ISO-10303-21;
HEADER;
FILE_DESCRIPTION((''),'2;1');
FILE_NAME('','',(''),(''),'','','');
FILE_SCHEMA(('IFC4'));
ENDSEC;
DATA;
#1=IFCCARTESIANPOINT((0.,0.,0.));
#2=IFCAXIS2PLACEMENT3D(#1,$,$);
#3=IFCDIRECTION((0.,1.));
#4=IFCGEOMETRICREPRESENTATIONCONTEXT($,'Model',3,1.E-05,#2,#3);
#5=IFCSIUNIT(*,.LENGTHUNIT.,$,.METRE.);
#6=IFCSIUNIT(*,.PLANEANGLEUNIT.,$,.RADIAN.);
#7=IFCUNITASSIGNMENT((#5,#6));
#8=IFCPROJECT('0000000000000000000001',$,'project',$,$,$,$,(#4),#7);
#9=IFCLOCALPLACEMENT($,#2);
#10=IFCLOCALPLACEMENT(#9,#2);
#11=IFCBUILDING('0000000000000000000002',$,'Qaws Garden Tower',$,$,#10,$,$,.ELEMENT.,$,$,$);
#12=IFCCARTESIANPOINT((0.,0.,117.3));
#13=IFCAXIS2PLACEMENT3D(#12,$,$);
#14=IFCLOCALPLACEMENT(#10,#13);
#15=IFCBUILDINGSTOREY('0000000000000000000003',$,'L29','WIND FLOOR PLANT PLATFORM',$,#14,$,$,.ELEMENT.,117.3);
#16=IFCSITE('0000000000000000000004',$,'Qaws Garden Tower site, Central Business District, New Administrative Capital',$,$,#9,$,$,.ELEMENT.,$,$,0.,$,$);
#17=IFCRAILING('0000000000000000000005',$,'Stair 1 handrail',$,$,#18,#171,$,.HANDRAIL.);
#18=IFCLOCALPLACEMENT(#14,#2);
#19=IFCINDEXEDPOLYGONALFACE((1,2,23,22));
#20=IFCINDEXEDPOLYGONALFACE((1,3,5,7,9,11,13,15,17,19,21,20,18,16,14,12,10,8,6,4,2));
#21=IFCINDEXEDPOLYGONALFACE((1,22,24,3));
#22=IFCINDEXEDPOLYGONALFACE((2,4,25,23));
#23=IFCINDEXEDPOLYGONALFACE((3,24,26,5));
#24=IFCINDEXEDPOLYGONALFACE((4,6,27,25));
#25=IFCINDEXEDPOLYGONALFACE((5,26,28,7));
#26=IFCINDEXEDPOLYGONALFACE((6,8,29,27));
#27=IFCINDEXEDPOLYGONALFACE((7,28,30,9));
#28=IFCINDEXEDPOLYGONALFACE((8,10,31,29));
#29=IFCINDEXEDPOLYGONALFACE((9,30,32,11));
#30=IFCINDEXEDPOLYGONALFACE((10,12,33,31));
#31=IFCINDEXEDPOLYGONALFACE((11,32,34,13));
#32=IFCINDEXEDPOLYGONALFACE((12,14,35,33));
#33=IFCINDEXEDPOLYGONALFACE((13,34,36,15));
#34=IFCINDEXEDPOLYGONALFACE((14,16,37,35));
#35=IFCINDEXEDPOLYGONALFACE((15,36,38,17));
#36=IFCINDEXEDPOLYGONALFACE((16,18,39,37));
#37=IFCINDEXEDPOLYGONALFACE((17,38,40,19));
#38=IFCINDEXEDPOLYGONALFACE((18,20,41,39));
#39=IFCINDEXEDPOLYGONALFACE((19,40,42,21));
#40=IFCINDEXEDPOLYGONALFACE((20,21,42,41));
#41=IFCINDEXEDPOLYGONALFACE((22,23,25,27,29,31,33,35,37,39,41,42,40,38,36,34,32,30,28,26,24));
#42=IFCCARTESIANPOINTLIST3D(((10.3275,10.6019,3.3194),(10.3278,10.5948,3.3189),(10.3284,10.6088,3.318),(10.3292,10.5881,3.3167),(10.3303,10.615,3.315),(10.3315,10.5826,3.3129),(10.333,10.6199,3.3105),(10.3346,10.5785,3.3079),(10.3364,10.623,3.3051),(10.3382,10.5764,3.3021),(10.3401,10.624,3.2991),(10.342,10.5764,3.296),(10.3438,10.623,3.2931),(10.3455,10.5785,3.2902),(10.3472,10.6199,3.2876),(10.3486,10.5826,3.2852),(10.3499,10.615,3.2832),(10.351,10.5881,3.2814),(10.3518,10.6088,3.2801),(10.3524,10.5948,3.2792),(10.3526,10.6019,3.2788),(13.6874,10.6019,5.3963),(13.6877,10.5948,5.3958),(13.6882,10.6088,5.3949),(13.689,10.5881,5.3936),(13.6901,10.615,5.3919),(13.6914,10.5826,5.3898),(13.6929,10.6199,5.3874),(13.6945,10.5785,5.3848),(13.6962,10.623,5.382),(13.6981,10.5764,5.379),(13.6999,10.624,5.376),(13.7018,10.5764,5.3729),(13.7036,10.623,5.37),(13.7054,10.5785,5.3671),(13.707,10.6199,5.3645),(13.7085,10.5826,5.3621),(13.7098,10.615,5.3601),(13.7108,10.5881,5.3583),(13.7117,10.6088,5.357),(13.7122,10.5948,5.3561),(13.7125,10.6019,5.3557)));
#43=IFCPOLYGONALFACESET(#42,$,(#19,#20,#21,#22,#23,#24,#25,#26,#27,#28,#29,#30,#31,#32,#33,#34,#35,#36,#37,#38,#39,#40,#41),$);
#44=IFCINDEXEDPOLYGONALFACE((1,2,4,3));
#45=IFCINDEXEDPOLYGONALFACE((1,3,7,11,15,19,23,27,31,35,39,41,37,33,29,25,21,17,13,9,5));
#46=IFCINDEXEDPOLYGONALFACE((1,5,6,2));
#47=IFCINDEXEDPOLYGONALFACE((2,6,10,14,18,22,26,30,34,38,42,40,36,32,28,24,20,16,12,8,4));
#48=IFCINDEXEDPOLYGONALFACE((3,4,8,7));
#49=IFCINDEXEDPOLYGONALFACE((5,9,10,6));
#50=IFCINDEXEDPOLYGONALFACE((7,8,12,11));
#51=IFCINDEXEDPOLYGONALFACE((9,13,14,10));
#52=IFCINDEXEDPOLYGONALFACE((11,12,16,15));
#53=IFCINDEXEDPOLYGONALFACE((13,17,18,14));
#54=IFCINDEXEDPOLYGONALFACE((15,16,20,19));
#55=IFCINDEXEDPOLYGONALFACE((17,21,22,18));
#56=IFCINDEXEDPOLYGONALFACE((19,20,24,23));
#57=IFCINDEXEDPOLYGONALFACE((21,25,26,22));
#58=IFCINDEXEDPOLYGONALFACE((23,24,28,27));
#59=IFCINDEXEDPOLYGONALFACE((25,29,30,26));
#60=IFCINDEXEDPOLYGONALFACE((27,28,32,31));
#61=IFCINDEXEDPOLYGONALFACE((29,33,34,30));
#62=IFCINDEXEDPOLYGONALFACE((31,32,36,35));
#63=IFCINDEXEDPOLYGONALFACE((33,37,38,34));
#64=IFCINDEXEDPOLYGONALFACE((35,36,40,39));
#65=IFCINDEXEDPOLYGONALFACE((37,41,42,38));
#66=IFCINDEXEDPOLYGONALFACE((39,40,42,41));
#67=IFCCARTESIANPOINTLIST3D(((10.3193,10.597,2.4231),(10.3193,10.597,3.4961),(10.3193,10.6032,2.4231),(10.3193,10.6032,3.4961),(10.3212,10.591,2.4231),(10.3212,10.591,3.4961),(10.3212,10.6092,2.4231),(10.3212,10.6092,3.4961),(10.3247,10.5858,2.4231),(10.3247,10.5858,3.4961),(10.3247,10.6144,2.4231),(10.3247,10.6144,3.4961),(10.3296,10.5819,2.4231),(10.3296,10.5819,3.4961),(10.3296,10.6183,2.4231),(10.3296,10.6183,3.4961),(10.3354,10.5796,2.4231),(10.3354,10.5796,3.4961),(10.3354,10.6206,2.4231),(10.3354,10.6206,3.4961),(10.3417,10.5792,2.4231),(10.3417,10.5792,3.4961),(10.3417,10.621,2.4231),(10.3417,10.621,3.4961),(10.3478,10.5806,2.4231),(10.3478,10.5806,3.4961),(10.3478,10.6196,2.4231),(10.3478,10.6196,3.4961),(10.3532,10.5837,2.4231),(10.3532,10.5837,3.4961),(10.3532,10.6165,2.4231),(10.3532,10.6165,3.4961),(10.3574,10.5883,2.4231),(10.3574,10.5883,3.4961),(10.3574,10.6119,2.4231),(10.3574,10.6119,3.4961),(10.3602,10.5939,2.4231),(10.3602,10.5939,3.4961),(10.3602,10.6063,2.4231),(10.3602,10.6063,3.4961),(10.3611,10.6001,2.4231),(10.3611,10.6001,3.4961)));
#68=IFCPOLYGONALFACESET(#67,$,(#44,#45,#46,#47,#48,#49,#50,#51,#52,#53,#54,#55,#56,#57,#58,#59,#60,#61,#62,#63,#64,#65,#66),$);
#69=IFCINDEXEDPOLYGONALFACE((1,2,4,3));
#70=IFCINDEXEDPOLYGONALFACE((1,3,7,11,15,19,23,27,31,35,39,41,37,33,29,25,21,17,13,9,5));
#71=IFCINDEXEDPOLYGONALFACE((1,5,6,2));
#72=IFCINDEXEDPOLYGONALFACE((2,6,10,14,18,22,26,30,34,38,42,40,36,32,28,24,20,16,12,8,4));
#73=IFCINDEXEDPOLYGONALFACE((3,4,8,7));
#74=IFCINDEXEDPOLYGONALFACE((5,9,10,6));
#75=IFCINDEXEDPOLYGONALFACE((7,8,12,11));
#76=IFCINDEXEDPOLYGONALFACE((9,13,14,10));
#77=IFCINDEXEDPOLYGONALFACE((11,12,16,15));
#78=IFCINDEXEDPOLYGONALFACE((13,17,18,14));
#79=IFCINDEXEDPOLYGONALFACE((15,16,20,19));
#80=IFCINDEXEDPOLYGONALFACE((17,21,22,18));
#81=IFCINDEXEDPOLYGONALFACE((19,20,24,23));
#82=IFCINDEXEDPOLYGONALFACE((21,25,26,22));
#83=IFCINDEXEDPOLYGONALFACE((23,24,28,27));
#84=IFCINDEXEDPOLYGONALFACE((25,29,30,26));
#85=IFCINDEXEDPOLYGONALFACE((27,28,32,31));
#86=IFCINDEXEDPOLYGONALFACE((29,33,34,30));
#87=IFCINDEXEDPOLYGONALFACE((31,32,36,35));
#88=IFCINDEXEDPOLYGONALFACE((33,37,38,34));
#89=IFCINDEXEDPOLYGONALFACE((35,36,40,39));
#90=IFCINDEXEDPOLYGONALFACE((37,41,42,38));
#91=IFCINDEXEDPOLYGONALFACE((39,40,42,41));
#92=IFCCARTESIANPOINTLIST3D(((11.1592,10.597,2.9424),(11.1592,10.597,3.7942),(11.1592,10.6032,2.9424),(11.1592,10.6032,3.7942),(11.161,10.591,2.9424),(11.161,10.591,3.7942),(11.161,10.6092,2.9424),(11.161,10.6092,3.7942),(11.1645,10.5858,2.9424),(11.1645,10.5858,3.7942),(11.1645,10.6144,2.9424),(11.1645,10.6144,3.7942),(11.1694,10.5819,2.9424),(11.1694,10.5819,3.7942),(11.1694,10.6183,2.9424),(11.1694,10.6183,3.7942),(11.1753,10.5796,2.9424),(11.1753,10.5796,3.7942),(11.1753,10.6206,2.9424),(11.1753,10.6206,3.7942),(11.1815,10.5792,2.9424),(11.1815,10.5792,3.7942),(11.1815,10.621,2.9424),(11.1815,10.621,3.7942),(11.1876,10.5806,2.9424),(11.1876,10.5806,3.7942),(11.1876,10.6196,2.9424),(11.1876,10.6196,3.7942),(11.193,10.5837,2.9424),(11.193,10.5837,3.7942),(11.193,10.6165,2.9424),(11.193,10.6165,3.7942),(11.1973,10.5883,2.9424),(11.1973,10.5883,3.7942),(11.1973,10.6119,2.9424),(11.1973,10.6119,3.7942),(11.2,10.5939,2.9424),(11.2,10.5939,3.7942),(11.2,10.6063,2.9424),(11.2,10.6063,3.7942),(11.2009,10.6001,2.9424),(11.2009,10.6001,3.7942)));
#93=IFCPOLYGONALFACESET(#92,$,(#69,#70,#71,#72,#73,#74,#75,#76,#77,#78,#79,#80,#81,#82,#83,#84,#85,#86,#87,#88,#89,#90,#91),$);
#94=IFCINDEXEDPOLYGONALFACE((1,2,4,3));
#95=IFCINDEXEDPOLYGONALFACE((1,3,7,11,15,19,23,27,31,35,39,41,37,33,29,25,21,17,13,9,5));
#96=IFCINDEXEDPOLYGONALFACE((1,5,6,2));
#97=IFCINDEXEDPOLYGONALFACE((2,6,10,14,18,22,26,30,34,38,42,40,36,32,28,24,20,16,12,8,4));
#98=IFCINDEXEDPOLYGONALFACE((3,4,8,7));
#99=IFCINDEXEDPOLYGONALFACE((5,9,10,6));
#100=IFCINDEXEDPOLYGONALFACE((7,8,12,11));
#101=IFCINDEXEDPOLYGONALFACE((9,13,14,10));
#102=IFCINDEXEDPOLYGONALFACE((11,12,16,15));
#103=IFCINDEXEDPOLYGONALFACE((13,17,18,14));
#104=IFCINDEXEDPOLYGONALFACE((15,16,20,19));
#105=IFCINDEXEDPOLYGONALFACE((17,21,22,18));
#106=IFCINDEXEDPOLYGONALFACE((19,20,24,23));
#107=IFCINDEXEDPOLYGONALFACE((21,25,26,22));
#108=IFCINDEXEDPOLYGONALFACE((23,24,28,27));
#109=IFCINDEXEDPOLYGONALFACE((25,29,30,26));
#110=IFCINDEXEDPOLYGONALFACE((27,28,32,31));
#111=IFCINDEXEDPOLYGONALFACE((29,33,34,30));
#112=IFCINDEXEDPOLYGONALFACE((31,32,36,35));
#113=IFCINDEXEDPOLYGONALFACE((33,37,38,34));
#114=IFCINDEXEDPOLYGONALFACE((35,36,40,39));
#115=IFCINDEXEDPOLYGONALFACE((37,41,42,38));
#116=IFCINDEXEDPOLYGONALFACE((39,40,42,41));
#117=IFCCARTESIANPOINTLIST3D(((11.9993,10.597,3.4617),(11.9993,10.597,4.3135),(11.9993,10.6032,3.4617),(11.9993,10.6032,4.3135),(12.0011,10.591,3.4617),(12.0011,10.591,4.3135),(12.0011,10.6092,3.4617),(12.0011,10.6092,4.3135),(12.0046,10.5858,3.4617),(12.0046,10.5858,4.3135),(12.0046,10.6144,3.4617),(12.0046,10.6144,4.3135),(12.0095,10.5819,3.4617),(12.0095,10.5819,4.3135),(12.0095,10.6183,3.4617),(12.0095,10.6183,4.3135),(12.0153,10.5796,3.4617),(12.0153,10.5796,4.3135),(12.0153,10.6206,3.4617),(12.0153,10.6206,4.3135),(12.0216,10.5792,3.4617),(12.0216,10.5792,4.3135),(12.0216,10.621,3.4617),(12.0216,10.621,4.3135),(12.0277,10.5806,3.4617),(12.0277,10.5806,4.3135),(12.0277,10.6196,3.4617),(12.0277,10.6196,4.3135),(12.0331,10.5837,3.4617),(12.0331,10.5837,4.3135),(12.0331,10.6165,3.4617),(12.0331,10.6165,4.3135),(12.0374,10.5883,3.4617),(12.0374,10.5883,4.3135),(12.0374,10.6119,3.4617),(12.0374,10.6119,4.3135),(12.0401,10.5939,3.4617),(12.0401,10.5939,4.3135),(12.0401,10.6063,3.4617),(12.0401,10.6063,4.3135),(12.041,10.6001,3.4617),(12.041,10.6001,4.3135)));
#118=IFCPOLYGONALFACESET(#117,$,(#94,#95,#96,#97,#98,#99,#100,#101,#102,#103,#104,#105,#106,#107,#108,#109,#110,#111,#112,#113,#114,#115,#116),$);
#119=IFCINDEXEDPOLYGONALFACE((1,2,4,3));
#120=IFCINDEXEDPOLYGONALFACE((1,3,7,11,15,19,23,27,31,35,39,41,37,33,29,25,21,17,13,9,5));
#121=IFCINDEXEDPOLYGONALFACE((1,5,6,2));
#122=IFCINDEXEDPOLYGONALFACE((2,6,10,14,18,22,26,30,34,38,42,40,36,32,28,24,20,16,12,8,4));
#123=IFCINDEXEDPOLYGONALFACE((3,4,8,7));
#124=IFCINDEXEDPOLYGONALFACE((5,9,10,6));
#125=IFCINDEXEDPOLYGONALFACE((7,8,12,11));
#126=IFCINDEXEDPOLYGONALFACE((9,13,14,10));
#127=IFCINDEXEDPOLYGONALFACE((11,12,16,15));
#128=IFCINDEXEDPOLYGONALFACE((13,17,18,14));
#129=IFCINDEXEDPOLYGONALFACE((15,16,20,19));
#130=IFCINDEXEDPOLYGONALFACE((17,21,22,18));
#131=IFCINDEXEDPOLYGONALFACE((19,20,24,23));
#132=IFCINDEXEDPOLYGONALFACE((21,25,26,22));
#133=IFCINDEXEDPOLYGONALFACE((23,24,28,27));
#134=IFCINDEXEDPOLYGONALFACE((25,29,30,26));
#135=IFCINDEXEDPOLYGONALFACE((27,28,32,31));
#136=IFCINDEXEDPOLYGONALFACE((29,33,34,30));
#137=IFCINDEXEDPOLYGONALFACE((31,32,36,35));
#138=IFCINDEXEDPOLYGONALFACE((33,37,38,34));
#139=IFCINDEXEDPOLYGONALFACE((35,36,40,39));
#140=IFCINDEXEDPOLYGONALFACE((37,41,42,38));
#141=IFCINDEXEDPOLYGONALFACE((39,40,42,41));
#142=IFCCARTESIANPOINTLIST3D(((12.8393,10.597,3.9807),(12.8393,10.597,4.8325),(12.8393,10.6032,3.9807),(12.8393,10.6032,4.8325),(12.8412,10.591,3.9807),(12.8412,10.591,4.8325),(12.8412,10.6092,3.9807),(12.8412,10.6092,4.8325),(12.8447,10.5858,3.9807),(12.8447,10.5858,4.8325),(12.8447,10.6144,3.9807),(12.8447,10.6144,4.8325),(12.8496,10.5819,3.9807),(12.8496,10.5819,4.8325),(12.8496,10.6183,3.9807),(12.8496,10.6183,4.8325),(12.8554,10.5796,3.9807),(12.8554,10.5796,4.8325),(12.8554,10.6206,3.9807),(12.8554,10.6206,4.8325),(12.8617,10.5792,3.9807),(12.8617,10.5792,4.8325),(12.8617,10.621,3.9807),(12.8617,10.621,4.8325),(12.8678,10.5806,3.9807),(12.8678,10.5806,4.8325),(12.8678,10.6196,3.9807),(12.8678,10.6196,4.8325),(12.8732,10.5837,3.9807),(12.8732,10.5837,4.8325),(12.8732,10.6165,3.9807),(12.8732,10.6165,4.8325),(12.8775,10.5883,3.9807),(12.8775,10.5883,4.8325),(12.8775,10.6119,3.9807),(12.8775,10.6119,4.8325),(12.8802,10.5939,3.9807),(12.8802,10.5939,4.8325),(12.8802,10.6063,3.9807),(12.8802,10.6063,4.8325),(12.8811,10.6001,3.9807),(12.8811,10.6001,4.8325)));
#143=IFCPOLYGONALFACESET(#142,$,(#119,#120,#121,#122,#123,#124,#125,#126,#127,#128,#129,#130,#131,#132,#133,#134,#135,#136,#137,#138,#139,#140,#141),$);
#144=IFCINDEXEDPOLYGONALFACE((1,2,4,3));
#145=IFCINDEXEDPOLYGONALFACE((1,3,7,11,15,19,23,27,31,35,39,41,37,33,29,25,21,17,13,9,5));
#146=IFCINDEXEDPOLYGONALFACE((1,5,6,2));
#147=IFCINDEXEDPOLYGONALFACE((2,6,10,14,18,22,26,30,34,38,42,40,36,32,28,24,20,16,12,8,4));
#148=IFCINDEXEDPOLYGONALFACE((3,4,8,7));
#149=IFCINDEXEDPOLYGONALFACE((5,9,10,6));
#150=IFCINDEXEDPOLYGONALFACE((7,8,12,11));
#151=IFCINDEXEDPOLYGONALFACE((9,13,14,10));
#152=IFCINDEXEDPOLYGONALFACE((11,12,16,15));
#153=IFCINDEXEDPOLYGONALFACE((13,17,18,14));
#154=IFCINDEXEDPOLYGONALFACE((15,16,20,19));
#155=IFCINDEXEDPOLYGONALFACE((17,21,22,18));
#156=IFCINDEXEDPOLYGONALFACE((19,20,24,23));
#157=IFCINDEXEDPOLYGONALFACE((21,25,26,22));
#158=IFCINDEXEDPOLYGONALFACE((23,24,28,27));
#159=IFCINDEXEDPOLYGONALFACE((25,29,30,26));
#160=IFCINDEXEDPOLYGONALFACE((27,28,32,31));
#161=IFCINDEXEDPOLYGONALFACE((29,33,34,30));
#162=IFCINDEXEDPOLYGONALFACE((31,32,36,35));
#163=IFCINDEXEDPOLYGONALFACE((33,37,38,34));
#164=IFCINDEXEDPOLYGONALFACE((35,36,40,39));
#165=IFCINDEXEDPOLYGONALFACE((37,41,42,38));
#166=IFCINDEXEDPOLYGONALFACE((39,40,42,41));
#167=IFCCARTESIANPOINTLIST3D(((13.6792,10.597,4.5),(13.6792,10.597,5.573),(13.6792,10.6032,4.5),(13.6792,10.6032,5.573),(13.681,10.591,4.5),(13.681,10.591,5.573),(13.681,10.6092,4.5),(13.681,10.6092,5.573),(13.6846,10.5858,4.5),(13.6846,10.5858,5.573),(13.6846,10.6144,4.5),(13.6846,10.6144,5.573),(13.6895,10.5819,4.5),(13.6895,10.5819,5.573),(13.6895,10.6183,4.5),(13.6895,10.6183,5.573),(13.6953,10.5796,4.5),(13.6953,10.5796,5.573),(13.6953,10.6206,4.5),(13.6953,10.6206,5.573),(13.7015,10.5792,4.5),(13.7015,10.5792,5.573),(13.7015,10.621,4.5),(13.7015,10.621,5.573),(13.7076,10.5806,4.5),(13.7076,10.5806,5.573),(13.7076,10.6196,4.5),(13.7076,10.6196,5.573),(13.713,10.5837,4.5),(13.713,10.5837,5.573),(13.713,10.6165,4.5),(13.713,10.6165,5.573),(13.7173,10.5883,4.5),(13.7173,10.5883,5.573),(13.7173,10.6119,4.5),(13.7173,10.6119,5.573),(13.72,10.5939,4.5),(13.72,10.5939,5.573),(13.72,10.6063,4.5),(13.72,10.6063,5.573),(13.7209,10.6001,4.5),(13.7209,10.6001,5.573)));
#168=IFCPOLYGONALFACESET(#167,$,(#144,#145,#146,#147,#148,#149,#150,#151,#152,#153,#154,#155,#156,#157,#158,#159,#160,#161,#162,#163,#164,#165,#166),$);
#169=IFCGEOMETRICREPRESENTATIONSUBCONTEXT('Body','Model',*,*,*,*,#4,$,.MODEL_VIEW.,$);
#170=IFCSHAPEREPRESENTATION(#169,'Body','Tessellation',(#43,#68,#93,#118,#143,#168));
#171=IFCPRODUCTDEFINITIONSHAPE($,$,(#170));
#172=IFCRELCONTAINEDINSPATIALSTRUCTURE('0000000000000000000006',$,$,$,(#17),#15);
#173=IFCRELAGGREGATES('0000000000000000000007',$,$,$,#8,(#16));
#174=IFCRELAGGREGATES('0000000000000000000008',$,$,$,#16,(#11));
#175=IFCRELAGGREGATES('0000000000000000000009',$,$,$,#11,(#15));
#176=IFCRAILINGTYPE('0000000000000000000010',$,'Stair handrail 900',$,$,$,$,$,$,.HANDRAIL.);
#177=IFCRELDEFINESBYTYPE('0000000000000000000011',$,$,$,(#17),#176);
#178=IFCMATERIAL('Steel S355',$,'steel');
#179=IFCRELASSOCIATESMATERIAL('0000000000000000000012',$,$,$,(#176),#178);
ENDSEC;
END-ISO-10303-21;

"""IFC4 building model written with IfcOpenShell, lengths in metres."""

from ifc_helpers import new_model, si_unit, direction, frame, origin, origin_2d, place, context, subcontext, project, spatial, circle, extrude, material, type_object, element, save


model = new_model("IFC4")

# Units and contexts
model_context = context("Model", 3, precision=1e-05, world=origin(), true_north=direction((0.0, 1.0)))
body_context = subcontext(model_context, "Body", "Model", "MODEL_VIEW")
ifc_project = project(units=[si_unit("LENGTHUNIT", "METRE"), si_unit("PLANEANGLEUNIT", "RADIAN")], contexts=[model_context])

# Site, building, storey
site_placement = place(None, origin())
site = spatial("IfcSite", under=ifc_project, at=site_placement, Name="Qaws Garden Tower site, Central Business District, New Administrative Capital", CompositionType="ELEMENT", RefElevation=0.0)
building_placement = place(site_placement, origin())
building = spatial("IfcBuilding", under=site, at=building_placement, Name="Qaws Garden Tower", CompositionType="ELEMENT")
storey_placement = place(building_placement, frame((0.0, 0.0, 117.3)))
storey = spatial("IfcBuildingStorey", under=building, at=storey_placement, Name="L29", Description="WIND FLOOR PLANT PLATFORM", CompositionType="ELEMENT", Elevation=117.3)

# Railing
ifc_material_1 = material(Name="Steel S355", Category="steel")
railing_type_1 = type_object("IfcRailingType", Name="Stair handrail 900", PredefinedType="HANDRAIL", material=ifc_material_1)
railing_1_placement = place(storey_placement, frame((10.3401, 10.6001, 2.4231)))
element("IfcRailing", 1, at=railing_1_placement, inside=storey, type_object=railing_type_1, Name="Stair 1 handrail", PredefinedType="HANDRAIL", context=body_context, shape_type="SweptSolid", body=[
    extrude(circle(Radius=0.0239, at=origin_2d()), frame((0.0, 0.0, 0.876), z_axis=(0.850606, 0.0, 0.525803), x_axis=(0.0, 1.0, 0.0)), (0.0, 0.0, 1.0), 3.95),
    extrude(circle(Radius=0.021, at=origin_2d()), origin(), (0.0, 0.0, 1.0), 1.073),
    extrude(circle(Radius=0.021, at=origin_2d()), frame((0.8398, 0.0, 0.5193)), (0.0, 0.0, 1.0), 0.8518),
    extrude(circle(Radius=0.021, at=origin_2d()), frame((1.6799, 0.0, 1.0386)), (0.0, 0.0, 1.0), 0.8518),
    extrude(circle(Radius=0.021, at=origin_2d()), frame((2.52, 0.0, 1.5576)), (0.0, 0.0, 1.0), 0.8518),
    extrude(circle(Radius=0.021, at=origin_2d()), frame((3.3599, 0.0, 2.0769)), (0.0, 0.0, 1.0), 1.073),
])

save(model, "model.ifc")
